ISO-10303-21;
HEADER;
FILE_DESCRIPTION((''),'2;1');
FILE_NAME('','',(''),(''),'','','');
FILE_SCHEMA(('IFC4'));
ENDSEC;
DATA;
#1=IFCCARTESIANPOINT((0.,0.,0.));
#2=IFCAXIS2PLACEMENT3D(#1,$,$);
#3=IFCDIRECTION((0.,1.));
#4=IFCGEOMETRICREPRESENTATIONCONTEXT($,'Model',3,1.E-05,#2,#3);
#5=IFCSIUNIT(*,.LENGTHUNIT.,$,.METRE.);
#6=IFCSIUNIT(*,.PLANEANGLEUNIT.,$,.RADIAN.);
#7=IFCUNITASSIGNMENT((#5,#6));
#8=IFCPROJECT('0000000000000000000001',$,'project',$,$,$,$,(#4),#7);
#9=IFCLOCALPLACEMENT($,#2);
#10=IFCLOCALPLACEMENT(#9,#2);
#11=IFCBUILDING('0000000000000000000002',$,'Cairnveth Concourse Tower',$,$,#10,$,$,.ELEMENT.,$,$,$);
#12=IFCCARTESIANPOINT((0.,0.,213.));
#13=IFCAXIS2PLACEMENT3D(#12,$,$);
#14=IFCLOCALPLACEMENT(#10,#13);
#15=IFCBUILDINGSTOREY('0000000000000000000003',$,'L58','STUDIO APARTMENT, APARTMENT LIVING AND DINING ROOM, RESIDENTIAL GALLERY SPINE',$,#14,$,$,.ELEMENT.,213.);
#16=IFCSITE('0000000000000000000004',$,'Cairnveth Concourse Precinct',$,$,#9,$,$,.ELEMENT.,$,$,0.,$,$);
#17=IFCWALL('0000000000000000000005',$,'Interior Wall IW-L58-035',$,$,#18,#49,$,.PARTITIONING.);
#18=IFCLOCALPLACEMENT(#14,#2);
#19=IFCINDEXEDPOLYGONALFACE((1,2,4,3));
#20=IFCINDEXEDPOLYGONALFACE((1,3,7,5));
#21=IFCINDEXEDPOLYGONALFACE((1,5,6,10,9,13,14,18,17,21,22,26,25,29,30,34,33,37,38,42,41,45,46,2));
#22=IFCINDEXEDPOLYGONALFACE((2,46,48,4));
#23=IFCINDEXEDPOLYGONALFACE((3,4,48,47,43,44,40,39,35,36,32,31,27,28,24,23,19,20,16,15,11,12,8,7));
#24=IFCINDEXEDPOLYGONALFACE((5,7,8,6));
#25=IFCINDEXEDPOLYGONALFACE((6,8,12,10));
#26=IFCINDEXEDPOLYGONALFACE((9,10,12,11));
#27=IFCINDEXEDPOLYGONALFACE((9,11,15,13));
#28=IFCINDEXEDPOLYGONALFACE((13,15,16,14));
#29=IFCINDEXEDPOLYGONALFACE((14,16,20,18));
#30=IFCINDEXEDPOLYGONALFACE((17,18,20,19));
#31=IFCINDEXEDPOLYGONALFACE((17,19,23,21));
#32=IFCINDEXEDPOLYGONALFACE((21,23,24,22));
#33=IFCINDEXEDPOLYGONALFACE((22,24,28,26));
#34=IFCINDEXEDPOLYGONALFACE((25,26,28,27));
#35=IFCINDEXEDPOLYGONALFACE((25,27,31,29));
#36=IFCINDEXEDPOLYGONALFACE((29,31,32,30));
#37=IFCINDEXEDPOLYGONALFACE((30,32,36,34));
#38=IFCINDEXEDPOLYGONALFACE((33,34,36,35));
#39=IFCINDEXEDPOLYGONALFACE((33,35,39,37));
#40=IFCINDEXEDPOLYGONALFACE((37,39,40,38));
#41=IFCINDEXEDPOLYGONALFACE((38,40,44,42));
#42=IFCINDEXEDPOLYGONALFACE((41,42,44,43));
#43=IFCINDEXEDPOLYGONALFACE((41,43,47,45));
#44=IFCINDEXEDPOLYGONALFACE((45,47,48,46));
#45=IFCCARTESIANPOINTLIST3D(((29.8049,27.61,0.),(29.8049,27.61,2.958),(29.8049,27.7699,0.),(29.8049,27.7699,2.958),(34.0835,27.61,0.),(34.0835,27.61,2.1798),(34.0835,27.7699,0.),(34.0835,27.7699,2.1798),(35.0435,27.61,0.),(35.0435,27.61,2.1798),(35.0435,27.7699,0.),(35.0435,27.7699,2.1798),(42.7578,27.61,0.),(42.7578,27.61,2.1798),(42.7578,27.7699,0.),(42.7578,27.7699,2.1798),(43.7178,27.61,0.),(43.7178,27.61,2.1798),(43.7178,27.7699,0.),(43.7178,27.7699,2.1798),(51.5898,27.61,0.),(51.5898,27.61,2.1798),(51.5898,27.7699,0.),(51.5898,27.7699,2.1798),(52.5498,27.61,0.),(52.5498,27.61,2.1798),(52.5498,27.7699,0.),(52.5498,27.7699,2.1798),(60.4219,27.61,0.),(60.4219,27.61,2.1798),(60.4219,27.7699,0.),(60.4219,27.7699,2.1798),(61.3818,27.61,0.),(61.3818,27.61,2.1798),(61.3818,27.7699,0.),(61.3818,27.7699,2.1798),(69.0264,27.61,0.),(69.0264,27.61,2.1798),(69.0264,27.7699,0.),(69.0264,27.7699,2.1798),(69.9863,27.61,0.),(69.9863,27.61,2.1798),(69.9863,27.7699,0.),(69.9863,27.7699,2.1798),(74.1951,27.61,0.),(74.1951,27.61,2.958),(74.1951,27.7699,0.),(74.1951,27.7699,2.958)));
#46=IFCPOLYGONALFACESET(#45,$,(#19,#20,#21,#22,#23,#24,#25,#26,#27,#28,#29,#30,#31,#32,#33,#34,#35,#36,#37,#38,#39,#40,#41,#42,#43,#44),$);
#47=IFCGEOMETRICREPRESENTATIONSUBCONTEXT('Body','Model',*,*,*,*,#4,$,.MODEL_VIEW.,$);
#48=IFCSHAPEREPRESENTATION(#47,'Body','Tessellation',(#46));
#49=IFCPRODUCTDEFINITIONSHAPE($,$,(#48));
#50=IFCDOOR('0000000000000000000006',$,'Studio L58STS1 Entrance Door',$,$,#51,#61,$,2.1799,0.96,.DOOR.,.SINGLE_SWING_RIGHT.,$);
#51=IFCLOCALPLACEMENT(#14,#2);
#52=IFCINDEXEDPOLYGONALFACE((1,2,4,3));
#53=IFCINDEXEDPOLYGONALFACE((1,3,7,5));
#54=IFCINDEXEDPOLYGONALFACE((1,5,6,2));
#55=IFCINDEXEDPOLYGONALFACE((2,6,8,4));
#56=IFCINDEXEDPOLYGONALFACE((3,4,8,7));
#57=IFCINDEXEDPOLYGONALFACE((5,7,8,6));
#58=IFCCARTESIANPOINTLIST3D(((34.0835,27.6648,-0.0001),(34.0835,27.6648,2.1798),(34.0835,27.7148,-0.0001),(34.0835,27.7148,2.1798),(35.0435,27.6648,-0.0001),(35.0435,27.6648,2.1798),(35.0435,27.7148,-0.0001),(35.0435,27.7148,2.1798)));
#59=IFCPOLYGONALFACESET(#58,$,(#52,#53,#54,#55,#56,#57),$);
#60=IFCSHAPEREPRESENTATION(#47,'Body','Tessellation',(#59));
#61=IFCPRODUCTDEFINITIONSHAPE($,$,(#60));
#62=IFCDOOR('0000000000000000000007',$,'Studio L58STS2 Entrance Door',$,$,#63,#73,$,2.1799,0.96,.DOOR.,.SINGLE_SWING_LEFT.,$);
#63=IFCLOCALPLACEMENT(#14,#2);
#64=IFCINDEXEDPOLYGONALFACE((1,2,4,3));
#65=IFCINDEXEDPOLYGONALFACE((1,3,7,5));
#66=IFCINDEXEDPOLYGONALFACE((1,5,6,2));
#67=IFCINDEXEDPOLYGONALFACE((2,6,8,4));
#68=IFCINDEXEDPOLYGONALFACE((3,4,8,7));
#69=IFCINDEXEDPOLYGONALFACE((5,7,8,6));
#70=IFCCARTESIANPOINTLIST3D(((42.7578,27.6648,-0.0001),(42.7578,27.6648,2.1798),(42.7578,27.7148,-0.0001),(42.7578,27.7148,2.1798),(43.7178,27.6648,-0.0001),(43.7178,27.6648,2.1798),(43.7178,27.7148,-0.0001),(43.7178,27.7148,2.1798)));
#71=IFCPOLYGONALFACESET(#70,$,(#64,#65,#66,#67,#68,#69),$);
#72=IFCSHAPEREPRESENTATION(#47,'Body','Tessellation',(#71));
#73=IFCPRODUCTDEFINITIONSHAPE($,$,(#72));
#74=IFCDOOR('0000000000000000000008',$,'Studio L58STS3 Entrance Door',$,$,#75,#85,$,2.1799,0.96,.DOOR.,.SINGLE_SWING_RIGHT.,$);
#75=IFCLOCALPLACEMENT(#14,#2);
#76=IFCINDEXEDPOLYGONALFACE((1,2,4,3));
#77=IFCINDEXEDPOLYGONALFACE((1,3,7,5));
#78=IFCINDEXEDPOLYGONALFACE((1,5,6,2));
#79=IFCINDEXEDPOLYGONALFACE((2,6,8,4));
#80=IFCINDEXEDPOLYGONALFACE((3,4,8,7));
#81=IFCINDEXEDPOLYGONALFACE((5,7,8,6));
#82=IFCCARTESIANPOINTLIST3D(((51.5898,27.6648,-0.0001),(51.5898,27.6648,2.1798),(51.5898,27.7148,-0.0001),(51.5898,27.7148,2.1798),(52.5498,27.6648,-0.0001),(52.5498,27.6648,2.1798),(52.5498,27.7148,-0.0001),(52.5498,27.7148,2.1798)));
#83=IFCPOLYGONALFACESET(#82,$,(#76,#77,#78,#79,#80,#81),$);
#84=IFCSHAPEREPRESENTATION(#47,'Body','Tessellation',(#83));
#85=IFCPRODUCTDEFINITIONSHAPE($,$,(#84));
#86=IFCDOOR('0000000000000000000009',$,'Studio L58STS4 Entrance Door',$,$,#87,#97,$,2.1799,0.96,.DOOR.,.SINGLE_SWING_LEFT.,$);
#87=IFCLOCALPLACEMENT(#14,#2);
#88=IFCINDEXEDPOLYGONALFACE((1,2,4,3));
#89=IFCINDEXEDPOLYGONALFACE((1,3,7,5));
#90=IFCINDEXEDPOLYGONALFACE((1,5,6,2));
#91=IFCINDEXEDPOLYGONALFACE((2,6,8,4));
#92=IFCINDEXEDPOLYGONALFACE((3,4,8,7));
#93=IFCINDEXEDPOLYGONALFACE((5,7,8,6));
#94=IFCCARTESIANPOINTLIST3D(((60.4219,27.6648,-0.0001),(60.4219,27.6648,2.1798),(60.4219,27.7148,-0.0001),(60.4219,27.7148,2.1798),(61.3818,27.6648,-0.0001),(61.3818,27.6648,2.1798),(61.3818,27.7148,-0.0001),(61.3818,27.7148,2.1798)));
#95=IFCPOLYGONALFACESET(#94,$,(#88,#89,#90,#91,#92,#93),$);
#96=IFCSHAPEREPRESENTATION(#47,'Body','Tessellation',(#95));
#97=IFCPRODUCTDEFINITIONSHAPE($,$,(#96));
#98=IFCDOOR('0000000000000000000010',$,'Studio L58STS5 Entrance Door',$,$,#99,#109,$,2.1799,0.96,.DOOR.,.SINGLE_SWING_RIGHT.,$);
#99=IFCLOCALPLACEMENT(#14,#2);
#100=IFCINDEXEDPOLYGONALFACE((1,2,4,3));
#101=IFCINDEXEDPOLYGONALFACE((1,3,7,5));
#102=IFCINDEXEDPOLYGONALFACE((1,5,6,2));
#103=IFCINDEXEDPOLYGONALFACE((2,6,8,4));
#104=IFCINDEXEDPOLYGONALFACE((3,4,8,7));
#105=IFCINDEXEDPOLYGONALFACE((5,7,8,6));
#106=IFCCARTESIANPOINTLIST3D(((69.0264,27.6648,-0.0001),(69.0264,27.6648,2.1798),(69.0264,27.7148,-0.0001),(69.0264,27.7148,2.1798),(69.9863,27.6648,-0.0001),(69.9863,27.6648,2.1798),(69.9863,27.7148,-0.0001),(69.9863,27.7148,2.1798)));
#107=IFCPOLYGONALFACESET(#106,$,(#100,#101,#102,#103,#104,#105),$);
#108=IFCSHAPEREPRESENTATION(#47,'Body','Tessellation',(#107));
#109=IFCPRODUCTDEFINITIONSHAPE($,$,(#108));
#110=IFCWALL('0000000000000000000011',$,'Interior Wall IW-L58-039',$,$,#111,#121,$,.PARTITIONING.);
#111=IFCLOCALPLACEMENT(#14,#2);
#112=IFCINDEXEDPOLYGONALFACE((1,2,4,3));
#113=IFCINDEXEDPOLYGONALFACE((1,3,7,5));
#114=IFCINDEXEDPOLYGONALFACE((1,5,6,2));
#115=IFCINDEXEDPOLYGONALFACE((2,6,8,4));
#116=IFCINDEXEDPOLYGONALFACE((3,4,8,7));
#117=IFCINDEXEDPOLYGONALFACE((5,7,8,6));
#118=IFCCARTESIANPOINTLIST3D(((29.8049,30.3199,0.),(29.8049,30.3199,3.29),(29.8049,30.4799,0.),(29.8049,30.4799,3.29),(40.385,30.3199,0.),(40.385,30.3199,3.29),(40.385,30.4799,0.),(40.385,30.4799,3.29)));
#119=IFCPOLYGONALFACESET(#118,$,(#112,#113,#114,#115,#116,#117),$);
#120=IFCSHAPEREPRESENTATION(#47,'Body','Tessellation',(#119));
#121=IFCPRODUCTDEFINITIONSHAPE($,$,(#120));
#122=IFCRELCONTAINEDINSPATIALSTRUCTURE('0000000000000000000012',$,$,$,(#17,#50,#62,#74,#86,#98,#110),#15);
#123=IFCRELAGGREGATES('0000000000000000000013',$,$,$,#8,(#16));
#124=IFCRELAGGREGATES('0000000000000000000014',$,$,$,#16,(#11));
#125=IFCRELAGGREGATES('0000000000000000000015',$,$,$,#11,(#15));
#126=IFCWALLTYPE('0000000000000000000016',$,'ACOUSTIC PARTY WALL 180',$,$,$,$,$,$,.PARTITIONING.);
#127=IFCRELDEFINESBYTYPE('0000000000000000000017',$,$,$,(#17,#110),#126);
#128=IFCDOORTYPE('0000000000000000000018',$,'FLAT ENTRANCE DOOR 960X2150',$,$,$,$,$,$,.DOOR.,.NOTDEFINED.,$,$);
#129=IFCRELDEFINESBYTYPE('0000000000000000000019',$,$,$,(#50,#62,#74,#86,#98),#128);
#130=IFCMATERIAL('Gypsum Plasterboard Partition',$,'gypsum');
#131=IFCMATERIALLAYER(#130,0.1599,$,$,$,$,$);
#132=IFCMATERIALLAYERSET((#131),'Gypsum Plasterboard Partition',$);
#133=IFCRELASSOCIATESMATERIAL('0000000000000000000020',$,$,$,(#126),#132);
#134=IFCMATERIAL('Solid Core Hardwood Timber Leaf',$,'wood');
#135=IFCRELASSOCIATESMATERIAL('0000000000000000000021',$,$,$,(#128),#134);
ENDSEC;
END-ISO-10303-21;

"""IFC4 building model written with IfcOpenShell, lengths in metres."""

from ifc_helpers import new_model, si_unit, direction, frame, frame_2d, origin, place, context, subcontext, project, spatial, rectangle, extrude, material, layer, layer_set, type_object, element, fill, save


model = new_model("IFC4")

# Units and contexts
model_context = context("Model", 3, precision=1e-05, world=origin(), true_north=direction((0.0, 1.0)))
body_context = subcontext(model_context, "Body", "Model", "MODEL_VIEW")
ifc_project = project(units=[si_unit("LENGTHUNIT", "METRE"), si_unit("PLANEANGLEUNIT", "RADIAN")], contexts=[model_context])

# Site, building, storey
site_placement = place(None, origin())
site = spatial("IfcSite", under=ifc_project, at=site_placement, Name="Cairnveth Concourse Precinct", CompositionType="ELEMENT", RefElevation=0.0)
building_placement = place(site_placement, origin())
building = spatial("IfcBuilding", under=site, at=building_placement, Name="Cairnveth Concourse Tower", CompositionType="ELEMENT")
storey_placement = place(building_placement, frame((0.0, 0.0, 213.0)))
storey = spatial("IfcBuildingStorey", under=building, at=storey_placement, Name="L58", Description="STUDIO APARTMENT, APARTMENT LIVING AND DINING ROOM, RESIDENTIAL GALLERY SPINE", CompositionType="ELEMENT", Elevation=213.0)

# Wall, openings, doors
ifc_material_1 = material(Name="Gypsum Plasterboard Partition", Category="gypsum")
ifc_layer_1 = layer(ifc_material_1, 0.1599)
ifc_layer_set_1 = layer_set([ifc_layer_1], Name="Gypsum Plasterboard Partition")
wall_type_1 = type_object("IfcWallType", Name="ACOUSTIC PARTY WALL 180", PredefinedType="PARTITIONING", material=ifc_layer_set_1)
wall_1_placement = place(storey_placement, frame((29.8049, 27.6899, 0.0), z_axis=(0.0, 0.0, 1.0), x_axis=(1.0, 0.0, 0.0)))
wall_1 = element("IfcWall", 1, at=wall_1_placement, inside=storey, type_object=wall_type_1, Name="Interior Wall IW-L58-035", PredefinedType="PARTITIONING", context=body_context, shape_type="SweptSolid", body=[
    extrude(rectangle(XDim=44.3901, YDim=0.1599, at=frame_2d((22.1951, 0.0))), origin(), (0.0, 0.0, 1.0), 2.958),
])
opening_1_placement = place(wall_1_placement, frame((4.2786, 0.0, 0.0)))
opening_1 = element("IfcOpeningElement", 2, at=opening_1_placement, cuts=wall_1, PredefinedType="OPENING", context=body_context, shape_type="SweptSolid", body=[
    extrude(rectangle(XDim=0.96, YDim=2.1799, at=frame_2d((0.48, 1.0898))), frame((0.0, 0.0898, 0.0), z_axis=(0.0, -1.0, 0.0), x_axis=(1.0, 0.0, 0.0)), (0.0, 0.0, 1.0), 0.1799),
])
opening_2_placement = place(wall_1_placement, frame((12.9529, 0.0, 0.0)))
opening_2 = element("IfcOpeningElement", 3, at=opening_2_placement, cuts=wall_1, PredefinedType="OPENING", context=body_context, shape_type="SweptSolid", body=[
    extrude(rectangle(XDim=0.96, YDim=2.1799, at=frame_2d((0.48, 1.0898))), frame((0.0, 0.0898, 0.0), z_axis=(0.0, -1.0, 0.0), x_axis=(1.0, 0.0, 0.0)), (0.0, 0.0, 1.0), 0.1799),
])
opening_3_placement = place(wall_1_placement, frame((21.7849, 0.0, 0.0)))
opening_3 = element("IfcOpeningElement", 4, at=opening_3_placement, cuts=wall_1, PredefinedType="OPENING", context=body_context, shape_type="SweptSolid", body=[
    extrude(rectangle(XDim=0.96, YDim=2.1799, at=frame_2d((0.48, 1.0898))), frame((0.0, 0.0898, 0.0), z_axis=(0.0, -1.0, 0.0), x_axis=(1.0, 0.0, 0.0)), (0.0, 0.0, 1.0), 0.1799),
])
opening_4_placement = place(wall_1_placement, frame((30.6169, 0.0, 0.0)))
opening_4 = element("IfcOpeningElement", 5, at=opening_4_placement, cuts=wall_1, PredefinedType="OPENING", context=body_context, shape_type="SweptSolid", body=[
    extrude(rectangle(XDim=0.96, YDim=2.1799, at=frame_2d((0.48, 1.0898))), frame((0.0, 0.0898, 0.0), z_axis=(0.0, -1.0, 0.0), x_axis=(1.0, 0.0, 0.0)), (0.0, 0.0, 1.0), 0.1799),
])
opening_5_placement = place(wall_1_placement, frame((39.2214, 0.0, 0.0)))
opening_5 = element("IfcOpeningElement", 6, at=opening_5_placement, cuts=wall_1, PredefinedType="OPENING", context=body_context, shape_type="SweptSolid", body=[
    extrude(rectangle(XDim=0.96, YDim=2.1799, at=frame_2d((0.48, 1.0898))), frame((0.0, 0.0898, 0.0), z_axis=(0.0, -1.0, 0.0), x_axis=(1.0, 0.0, 0.0)), (0.0, 0.0, 1.0), 0.1799),
])
ifc_material_2 = material(Name="Solid Core Hardwood Timber Leaf", Category="wood")
door_type = type_object("IfcDoorType", Name="FLAT ENTRANCE DOOR 960X2150", OperationType="NOTDEFINED", PredefinedType="DOOR", material=ifc_material_2)
door_1_placement = place(opening_1_placement, origin())
door_1 = element("IfcDoor", 7, at=door_1_placement, inside=storey, type_object=door_type, Name="Studio L58STS1 Entrance Door", OperationType="SINGLE_SWING_RIGHT", OverallHeight=2.1799, OverallWidth=0.96, PredefinedType="DOOR", context=body_context, shape_type="SweptSolid", body=[
    extrude(rectangle(XDim=0.96, YDim=2.1799, at=frame_2d((0.48, 1.0898))), frame((0.0, 0.0249, 0.0), z_axis=(0.0, -1.0, 0.0), x_axis=(1.0, 0.0, 0.0)), (0.0, 0.0, 1.0), 0.05),
])
fill(opening_1, door_1)
door_2_placement = place(opening_2_placement, origin())
door_2 = element("IfcDoor", 8, at=door_2_placement, inside=storey, type_object=door_type, Name="Studio L58STS2 Entrance Door", OperationType="SINGLE_SWING_LEFT", OverallHeight=2.1799, OverallWidth=0.96, PredefinedType="DOOR", context=body_context, shape_type="SweptSolid", body=[
    extrude(rectangle(XDim=0.96, YDim=2.1799, at=frame_2d((0.48, 1.0898))), frame((0.0, 0.0249, 0.0), z_axis=(0.0, -1.0, 0.0), x_axis=(1.0, 0.0, 0.0)), (0.0, 0.0, 1.0), 0.05),
])
fill(opening_2, door_2)
door_3_placement = place(opening_3_placement, origin())
door_3 = element("IfcDoor", 9, at=door_3_placement, inside=storey, type_object=door_type, Name="Studio L58STS3 Entrance Door", OperationType="SINGLE_SWING_RIGHT", OverallHeight=2.1799, OverallWidth=0.96, PredefinedType="DOOR", context=body_context, shape_type="SweptSolid", body=[
    extrude(rectangle(XDim=0.96, YDim=2.1799, at=frame_2d((0.48, 1.0898))), frame((0.0, 0.0249, 0.0), z_axis=(0.0, -1.0, 0.0), x_axis=(1.0, 0.0, 0.0)), (0.0, 0.0, 1.0), 0.05),
])
fill(opening_3, door_3)
door_4_placement = place(opening_4_placement, origin())
door_4 = element("IfcDoor", 10, at=door_4_placement, inside=storey, type_object=door_type, Name="Studio L58STS4 Entrance Door", OperationType="SINGLE_SWING_LEFT", OverallHeight=2.1799, OverallWidth=0.96, PredefinedType="DOOR", context=body_context, shape_type="SweptSolid", body=[
    extrude(rectangle(XDim=0.96, YDim=2.1799, at=frame_2d((0.48, 1.0898))), frame((0.0, 0.0249, 0.0), z_axis=(0.0, -1.0, 0.0), x_axis=(1.0, 0.0, 0.0)), (0.0, 0.0, 1.0), 0.05),
])
fill(opening_4, door_4)
door_5_placement = place(opening_5_placement, origin())
door_5 = element("IfcDoor", 11, at=door_5_placement, inside=storey, type_object=door_type, Name="Studio L58STS5 Entrance Door", OperationType="SINGLE_SWING_RIGHT", OverallHeight=2.1799, OverallWidth=0.96, PredefinedType="DOOR", context=body_context, shape_type="SweptSolid", body=[
    extrude(rectangle(XDim=0.96, YDim=2.1799, at=frame_2d((0.48, 1.0898))), frame((0.0, 0.0249, 0.0), z_axis=(0.0, -1.0, 0.0), x_axis=(1.0, 0.0, 0.0)), (0.0, 0.0, 1.0), 0.05),
])
fill(opening_5, door_5)

# Wall
wall_2_placement = place(storey_placement, frame((29.8049, 30.3999, 0.0), z_axis=(0.0, 0.0, 1.0), x_axis=(1.0, 0.0, 0.0)))
element("IfcWall", 12, at=wall_2_placement, inside=storey, type_object=wall_type_1, Name="Interior Wall IW-L58-039", PredefinedType="PARTITIONING", context=body_context, shape_type="SweptSolid", body=[
    extrude(rectangle(XDim=10.5801, YDim=0.1599, at=frame_2d((5.29, 0.0))), origin(), (0.0, 0.0, 1.0), 3.29),
])

save(model, "model.ifc")
